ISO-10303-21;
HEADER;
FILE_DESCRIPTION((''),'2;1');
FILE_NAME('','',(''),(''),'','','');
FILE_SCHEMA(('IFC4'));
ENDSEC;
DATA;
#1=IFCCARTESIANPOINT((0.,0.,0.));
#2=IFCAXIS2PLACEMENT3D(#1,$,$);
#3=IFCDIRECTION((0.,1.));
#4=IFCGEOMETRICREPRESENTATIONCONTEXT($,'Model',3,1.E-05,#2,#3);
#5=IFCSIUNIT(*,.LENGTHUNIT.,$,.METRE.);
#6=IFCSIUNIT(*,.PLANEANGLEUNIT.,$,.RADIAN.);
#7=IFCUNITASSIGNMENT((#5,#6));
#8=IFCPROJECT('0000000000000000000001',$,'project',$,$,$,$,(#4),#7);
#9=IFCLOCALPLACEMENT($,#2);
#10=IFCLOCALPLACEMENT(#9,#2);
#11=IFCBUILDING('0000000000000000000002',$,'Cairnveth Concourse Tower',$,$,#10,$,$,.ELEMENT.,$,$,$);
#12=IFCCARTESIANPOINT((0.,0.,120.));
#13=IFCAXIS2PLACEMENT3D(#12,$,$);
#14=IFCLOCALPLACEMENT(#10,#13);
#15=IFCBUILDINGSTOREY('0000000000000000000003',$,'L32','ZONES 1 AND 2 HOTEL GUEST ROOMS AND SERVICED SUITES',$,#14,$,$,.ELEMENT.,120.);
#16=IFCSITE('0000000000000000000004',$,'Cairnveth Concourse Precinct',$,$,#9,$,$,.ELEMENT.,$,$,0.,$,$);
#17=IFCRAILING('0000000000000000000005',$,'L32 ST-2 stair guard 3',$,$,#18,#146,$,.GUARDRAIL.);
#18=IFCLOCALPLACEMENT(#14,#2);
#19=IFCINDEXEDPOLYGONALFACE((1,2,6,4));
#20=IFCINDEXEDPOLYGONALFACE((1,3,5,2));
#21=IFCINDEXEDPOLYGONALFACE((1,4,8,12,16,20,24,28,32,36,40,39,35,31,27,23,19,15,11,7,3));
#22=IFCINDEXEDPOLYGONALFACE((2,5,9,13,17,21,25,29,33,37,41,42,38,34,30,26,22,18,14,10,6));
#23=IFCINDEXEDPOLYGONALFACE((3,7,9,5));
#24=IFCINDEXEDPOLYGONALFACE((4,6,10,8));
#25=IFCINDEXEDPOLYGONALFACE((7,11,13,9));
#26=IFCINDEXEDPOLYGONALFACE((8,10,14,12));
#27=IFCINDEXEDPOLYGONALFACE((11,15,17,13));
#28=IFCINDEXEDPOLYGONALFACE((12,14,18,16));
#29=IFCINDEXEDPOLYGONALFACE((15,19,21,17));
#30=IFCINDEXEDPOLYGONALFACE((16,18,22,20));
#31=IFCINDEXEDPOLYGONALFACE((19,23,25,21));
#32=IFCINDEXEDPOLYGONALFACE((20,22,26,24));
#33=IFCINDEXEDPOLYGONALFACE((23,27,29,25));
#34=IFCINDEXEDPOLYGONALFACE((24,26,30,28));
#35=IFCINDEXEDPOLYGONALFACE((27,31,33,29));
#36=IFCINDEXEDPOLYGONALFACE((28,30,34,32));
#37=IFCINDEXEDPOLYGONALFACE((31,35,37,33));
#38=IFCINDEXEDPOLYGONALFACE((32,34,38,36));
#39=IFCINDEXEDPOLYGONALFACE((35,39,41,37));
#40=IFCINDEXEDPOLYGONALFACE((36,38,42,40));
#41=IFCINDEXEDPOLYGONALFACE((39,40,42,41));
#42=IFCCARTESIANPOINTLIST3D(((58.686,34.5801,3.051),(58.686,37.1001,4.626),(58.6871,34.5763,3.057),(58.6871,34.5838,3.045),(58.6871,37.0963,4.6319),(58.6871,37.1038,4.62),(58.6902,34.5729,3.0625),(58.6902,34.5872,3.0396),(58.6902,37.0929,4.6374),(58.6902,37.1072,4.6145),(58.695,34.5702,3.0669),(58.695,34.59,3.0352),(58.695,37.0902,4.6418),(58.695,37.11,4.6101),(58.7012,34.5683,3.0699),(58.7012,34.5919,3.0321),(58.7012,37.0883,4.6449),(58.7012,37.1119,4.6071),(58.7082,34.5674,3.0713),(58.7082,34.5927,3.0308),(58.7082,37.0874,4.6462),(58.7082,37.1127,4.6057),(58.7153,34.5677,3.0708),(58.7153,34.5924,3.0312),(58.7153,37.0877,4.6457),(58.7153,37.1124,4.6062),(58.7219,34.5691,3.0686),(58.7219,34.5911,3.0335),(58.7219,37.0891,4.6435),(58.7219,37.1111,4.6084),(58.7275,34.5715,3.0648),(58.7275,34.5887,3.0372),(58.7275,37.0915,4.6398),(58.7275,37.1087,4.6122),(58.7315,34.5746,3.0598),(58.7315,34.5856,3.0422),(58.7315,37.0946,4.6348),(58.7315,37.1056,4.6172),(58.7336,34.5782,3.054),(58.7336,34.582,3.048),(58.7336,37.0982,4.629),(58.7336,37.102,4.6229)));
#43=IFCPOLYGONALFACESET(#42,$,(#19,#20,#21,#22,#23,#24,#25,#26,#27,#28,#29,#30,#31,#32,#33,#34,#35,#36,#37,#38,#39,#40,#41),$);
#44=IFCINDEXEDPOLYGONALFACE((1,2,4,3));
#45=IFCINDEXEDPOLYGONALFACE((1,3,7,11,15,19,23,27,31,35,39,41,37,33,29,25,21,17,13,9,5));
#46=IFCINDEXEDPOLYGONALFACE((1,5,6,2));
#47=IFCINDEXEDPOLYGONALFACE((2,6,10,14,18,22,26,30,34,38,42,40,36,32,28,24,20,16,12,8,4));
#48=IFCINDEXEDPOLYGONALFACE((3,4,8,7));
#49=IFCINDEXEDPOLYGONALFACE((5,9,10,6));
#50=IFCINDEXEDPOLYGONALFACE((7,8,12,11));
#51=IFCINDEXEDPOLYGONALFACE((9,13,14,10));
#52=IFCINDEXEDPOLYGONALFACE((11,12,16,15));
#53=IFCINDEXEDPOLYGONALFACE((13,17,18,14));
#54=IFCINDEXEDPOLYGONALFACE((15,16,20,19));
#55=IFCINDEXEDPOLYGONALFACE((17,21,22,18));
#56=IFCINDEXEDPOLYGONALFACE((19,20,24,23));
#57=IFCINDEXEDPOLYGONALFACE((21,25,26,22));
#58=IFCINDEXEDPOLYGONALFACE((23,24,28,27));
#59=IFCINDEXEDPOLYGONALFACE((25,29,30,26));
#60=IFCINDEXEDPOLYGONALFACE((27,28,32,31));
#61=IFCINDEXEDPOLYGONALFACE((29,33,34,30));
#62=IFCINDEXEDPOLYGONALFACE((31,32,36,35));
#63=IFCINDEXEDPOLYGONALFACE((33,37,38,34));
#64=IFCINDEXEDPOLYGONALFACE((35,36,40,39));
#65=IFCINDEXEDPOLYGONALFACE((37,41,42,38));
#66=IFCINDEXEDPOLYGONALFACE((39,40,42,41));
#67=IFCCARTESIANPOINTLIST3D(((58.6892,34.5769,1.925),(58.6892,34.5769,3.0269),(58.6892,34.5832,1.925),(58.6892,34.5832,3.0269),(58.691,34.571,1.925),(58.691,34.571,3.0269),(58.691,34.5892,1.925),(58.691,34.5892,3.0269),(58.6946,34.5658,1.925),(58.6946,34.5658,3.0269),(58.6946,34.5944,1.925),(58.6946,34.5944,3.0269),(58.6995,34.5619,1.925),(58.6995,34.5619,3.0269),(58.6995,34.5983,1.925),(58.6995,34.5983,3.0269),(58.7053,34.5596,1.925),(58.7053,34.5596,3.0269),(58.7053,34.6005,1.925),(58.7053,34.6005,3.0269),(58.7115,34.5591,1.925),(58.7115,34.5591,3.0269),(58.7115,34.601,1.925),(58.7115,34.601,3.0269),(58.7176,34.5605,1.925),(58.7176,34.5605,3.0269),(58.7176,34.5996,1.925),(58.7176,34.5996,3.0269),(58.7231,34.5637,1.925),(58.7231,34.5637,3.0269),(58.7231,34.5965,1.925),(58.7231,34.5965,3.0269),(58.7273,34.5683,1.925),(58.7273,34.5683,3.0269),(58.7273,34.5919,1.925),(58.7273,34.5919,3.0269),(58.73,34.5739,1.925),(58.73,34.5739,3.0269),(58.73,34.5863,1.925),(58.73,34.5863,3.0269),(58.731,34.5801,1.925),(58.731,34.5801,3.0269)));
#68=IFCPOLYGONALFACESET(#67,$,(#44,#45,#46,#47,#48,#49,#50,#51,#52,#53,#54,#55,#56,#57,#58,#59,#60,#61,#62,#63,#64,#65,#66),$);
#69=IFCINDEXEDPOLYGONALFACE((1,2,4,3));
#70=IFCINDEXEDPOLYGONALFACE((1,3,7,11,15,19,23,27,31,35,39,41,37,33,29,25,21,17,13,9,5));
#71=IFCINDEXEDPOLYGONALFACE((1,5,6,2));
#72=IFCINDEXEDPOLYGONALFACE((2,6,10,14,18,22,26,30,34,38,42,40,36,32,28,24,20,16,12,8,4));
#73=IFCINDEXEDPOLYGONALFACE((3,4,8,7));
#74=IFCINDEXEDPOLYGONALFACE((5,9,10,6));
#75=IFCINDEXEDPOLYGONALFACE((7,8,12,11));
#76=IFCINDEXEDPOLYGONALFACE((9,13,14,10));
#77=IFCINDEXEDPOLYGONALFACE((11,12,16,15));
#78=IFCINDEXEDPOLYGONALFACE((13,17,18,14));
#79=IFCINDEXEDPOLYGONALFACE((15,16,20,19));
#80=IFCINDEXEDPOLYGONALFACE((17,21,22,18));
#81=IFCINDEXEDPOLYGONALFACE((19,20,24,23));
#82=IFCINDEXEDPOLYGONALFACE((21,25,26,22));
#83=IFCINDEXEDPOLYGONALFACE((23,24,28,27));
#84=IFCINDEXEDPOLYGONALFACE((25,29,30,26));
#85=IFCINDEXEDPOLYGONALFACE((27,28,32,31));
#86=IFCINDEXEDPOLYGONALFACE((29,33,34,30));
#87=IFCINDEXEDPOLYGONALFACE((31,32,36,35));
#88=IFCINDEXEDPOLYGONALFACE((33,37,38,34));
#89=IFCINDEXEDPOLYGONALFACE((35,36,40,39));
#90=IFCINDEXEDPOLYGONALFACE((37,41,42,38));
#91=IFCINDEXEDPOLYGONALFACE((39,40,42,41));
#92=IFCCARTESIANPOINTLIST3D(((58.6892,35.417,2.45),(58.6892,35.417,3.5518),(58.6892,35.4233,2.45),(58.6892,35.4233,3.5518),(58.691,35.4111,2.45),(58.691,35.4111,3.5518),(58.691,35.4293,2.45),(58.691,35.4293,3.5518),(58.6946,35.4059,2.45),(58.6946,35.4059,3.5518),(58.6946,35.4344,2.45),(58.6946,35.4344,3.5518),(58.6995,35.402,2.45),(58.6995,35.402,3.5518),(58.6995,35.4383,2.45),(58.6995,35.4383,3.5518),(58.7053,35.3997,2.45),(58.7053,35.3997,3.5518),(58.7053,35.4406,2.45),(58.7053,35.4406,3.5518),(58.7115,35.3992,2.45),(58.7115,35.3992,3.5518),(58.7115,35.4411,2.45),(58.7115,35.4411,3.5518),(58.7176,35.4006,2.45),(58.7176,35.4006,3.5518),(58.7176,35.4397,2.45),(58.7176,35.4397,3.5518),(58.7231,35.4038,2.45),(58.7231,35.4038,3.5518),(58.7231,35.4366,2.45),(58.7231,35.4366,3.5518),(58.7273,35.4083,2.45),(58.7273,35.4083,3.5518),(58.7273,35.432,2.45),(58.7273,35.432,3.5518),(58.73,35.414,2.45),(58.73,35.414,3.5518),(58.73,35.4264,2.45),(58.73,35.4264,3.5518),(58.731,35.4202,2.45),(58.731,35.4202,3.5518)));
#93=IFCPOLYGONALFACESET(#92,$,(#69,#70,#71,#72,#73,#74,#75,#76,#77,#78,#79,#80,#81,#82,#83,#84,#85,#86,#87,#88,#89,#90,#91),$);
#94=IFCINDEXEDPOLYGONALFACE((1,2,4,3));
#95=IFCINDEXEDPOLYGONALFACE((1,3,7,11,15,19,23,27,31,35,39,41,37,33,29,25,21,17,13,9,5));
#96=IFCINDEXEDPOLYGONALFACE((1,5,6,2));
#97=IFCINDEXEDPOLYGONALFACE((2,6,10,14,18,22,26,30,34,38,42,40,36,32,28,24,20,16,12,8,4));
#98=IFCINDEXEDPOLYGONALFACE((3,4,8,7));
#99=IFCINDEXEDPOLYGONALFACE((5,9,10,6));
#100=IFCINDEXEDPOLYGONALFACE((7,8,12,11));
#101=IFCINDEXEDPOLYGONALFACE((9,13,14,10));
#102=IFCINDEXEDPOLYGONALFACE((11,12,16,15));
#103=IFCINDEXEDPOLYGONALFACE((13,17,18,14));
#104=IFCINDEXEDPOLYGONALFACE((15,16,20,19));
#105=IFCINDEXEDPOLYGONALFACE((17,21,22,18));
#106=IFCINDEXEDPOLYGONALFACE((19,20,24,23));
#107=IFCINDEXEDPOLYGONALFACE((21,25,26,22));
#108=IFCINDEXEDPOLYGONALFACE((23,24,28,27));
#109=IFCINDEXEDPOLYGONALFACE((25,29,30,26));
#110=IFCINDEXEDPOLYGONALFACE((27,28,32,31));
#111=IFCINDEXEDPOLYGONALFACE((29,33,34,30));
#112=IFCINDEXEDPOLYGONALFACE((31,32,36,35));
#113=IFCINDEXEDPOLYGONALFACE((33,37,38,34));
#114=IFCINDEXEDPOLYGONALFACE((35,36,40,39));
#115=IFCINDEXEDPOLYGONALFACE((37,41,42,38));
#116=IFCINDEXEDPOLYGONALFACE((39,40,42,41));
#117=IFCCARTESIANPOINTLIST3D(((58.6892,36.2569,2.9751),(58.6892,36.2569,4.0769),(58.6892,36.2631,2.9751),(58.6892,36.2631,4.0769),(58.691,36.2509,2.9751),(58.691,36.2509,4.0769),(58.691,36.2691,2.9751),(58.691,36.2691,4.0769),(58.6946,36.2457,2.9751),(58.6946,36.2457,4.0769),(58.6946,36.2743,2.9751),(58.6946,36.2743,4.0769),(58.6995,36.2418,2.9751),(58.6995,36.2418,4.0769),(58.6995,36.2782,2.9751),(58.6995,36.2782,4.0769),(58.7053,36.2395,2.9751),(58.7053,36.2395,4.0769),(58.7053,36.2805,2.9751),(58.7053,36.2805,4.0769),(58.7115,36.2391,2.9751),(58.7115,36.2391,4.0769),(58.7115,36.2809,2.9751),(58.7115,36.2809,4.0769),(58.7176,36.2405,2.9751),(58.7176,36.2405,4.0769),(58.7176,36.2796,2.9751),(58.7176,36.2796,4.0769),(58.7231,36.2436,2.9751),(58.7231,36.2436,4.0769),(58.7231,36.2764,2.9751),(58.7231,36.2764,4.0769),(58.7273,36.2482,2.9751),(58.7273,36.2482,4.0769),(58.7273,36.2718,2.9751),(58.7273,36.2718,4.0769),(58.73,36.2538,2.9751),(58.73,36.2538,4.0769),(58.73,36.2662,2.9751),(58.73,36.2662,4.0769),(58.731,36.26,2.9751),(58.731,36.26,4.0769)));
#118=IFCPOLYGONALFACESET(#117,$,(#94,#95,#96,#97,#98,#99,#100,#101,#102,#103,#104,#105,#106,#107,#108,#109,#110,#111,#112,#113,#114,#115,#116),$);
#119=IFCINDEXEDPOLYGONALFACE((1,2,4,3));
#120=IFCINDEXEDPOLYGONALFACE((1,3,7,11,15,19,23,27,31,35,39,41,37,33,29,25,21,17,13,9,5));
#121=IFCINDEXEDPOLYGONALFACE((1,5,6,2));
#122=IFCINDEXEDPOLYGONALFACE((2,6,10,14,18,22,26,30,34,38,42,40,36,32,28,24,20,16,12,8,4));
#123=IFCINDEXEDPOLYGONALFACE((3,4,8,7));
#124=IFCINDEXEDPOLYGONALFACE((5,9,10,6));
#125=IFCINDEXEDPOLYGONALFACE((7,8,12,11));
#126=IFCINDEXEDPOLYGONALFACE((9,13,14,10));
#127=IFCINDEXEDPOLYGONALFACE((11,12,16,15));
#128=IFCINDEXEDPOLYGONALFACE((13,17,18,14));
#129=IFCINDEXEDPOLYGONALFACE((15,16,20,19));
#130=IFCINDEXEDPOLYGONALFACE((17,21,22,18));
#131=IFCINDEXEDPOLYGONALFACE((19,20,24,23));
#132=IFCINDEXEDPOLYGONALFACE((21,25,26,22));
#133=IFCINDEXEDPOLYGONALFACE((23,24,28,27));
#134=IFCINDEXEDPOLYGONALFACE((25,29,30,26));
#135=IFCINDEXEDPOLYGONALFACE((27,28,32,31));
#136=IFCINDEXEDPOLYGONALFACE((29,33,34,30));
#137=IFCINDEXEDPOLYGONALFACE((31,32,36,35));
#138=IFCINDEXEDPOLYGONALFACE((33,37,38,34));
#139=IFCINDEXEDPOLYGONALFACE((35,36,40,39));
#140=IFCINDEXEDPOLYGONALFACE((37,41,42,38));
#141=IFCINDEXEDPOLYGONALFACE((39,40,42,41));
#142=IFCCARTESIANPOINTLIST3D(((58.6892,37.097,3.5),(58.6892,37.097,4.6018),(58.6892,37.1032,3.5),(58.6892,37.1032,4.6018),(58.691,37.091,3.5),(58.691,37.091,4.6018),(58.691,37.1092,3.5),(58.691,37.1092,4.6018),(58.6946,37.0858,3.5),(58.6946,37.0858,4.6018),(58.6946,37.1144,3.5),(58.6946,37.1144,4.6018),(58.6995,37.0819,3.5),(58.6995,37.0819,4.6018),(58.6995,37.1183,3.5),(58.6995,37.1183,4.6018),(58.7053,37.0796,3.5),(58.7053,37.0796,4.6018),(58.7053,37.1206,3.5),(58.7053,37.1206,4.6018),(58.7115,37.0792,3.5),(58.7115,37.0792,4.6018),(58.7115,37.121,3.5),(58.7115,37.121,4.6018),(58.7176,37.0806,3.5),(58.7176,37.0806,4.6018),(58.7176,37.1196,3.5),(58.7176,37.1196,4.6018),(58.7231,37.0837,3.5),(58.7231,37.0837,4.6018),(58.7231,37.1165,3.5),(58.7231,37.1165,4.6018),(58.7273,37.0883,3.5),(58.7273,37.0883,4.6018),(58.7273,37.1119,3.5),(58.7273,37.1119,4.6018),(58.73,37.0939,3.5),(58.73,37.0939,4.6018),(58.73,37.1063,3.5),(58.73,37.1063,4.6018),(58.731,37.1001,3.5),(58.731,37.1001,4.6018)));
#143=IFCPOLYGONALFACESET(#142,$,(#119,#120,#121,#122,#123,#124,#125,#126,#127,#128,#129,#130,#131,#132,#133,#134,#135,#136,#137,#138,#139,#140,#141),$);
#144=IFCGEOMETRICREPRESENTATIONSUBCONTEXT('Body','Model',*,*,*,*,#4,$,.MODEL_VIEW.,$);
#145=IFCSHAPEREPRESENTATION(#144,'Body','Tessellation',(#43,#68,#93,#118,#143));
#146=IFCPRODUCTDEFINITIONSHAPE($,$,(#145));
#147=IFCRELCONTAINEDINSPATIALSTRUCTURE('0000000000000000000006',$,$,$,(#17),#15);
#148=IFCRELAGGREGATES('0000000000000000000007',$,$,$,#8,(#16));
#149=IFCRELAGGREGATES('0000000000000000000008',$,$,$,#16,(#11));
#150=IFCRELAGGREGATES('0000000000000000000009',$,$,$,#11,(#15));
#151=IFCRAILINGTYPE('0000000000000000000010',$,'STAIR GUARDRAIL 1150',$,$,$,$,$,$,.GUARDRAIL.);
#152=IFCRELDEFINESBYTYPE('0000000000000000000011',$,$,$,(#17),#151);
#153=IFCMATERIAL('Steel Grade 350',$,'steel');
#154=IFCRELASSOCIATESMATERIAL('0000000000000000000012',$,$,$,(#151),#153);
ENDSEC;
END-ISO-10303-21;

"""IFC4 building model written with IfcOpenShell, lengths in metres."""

from ifc_helpers import new_model, si_unit, direction, frame, origin, origin_2d, place, context, subcontext, project, spatial, circle, extrude, material, type_object, element, save


model = new_model("IFC4")

# Units and contexts
model_context = context("Model", 3, precision=1e-05, world=origin(), true_north=direction((0.0, 1.0)))
body_context = subcontext(model_context, "Body", "Model", "MODEL_VIEW")
ifc_project = project(units=[si_unit("LENGTHUNIT", "METRE"), si_unit("PLANEANGLEUNIT", "RADIAN")], contexts=[model_context])

# Site, building, storey
site_placement = place(None, origin())
site = spatial("IfcSite", under=ifc_project, at=site_placement, Name="Cairnveth Concourse Precinct", CompositionType="ELEMENT", RefElevation=0.0)
building_placement = place(site_placement, origin())
building = spatial("IfcBuilding", under=site, at=building_placement, Name="Cairnveth Concourse Tower", CompositionType="ELEMENT")
storey_placement = place(building_placement, frame((0.0, 0.0, 120.0)))
storey = spatial("IfcBuildingStorey", under=building, at=storey_placement, Name="L32", Description="ZONES 1 AND 2 HOTEL GUEST ROOMS AND SERVICED SUITES", CompositionType="ELEMENT", Elevation=120.0)

# Shared definitions
ifc_material_1 = material(Name="Steel Grade 350", Category="steel")

# Railing
railing_type_1 = type_object("IfcRailingType", Name="STAIR GUARDRAIL 1150", PredefinedType="GUARDRAIL", material=ifc_material_1)
railing_1_placement = place(storey_placement, frame((58.71, 34.5801, 1.925)))
element("IfcRailing", 1, at=railing_1_placement, inside=storey, type_object=railing_type_1, Name="L32 ST-2 stair guard 3", PredefinedType="GUARDRAIL", context=body_context, shape_type="SweptSolid", body=[
    extrude(circle(Radius=0.0239, at=origin_2d()), frame((0.0, 0.0, 1.126), z_axis=(0.0, 0.848008, 0.529984), x_axis=(-1.0, 0.0, 0.0)), (0.0, 0.0, 1.0), 2.9717),
    extrude(circle(Radius=0.021, at=origin_2d()), origin(), (0.0, 0.0, 1.0), 1.1018),
    extrude(circle(Radius=0.021, at=origin_2d()), frame((0.0, 0.8401, 0.5249)), (0.0, 0.0, 1.0), 1.1018),
    extrude(circle(Radius=0.021, at=origin_2d()), frame((0.0, 1.6799, 1.05)), (0.0, 0.0, 1.0), 1.1018),
    extrude(circle(Radius=0.021, at=origin_2d()), frame((0.0, 2.52, 1.575)), (0.0, 0.0, 1.0), 1.1018),
])

save(model, "model.ifc")
